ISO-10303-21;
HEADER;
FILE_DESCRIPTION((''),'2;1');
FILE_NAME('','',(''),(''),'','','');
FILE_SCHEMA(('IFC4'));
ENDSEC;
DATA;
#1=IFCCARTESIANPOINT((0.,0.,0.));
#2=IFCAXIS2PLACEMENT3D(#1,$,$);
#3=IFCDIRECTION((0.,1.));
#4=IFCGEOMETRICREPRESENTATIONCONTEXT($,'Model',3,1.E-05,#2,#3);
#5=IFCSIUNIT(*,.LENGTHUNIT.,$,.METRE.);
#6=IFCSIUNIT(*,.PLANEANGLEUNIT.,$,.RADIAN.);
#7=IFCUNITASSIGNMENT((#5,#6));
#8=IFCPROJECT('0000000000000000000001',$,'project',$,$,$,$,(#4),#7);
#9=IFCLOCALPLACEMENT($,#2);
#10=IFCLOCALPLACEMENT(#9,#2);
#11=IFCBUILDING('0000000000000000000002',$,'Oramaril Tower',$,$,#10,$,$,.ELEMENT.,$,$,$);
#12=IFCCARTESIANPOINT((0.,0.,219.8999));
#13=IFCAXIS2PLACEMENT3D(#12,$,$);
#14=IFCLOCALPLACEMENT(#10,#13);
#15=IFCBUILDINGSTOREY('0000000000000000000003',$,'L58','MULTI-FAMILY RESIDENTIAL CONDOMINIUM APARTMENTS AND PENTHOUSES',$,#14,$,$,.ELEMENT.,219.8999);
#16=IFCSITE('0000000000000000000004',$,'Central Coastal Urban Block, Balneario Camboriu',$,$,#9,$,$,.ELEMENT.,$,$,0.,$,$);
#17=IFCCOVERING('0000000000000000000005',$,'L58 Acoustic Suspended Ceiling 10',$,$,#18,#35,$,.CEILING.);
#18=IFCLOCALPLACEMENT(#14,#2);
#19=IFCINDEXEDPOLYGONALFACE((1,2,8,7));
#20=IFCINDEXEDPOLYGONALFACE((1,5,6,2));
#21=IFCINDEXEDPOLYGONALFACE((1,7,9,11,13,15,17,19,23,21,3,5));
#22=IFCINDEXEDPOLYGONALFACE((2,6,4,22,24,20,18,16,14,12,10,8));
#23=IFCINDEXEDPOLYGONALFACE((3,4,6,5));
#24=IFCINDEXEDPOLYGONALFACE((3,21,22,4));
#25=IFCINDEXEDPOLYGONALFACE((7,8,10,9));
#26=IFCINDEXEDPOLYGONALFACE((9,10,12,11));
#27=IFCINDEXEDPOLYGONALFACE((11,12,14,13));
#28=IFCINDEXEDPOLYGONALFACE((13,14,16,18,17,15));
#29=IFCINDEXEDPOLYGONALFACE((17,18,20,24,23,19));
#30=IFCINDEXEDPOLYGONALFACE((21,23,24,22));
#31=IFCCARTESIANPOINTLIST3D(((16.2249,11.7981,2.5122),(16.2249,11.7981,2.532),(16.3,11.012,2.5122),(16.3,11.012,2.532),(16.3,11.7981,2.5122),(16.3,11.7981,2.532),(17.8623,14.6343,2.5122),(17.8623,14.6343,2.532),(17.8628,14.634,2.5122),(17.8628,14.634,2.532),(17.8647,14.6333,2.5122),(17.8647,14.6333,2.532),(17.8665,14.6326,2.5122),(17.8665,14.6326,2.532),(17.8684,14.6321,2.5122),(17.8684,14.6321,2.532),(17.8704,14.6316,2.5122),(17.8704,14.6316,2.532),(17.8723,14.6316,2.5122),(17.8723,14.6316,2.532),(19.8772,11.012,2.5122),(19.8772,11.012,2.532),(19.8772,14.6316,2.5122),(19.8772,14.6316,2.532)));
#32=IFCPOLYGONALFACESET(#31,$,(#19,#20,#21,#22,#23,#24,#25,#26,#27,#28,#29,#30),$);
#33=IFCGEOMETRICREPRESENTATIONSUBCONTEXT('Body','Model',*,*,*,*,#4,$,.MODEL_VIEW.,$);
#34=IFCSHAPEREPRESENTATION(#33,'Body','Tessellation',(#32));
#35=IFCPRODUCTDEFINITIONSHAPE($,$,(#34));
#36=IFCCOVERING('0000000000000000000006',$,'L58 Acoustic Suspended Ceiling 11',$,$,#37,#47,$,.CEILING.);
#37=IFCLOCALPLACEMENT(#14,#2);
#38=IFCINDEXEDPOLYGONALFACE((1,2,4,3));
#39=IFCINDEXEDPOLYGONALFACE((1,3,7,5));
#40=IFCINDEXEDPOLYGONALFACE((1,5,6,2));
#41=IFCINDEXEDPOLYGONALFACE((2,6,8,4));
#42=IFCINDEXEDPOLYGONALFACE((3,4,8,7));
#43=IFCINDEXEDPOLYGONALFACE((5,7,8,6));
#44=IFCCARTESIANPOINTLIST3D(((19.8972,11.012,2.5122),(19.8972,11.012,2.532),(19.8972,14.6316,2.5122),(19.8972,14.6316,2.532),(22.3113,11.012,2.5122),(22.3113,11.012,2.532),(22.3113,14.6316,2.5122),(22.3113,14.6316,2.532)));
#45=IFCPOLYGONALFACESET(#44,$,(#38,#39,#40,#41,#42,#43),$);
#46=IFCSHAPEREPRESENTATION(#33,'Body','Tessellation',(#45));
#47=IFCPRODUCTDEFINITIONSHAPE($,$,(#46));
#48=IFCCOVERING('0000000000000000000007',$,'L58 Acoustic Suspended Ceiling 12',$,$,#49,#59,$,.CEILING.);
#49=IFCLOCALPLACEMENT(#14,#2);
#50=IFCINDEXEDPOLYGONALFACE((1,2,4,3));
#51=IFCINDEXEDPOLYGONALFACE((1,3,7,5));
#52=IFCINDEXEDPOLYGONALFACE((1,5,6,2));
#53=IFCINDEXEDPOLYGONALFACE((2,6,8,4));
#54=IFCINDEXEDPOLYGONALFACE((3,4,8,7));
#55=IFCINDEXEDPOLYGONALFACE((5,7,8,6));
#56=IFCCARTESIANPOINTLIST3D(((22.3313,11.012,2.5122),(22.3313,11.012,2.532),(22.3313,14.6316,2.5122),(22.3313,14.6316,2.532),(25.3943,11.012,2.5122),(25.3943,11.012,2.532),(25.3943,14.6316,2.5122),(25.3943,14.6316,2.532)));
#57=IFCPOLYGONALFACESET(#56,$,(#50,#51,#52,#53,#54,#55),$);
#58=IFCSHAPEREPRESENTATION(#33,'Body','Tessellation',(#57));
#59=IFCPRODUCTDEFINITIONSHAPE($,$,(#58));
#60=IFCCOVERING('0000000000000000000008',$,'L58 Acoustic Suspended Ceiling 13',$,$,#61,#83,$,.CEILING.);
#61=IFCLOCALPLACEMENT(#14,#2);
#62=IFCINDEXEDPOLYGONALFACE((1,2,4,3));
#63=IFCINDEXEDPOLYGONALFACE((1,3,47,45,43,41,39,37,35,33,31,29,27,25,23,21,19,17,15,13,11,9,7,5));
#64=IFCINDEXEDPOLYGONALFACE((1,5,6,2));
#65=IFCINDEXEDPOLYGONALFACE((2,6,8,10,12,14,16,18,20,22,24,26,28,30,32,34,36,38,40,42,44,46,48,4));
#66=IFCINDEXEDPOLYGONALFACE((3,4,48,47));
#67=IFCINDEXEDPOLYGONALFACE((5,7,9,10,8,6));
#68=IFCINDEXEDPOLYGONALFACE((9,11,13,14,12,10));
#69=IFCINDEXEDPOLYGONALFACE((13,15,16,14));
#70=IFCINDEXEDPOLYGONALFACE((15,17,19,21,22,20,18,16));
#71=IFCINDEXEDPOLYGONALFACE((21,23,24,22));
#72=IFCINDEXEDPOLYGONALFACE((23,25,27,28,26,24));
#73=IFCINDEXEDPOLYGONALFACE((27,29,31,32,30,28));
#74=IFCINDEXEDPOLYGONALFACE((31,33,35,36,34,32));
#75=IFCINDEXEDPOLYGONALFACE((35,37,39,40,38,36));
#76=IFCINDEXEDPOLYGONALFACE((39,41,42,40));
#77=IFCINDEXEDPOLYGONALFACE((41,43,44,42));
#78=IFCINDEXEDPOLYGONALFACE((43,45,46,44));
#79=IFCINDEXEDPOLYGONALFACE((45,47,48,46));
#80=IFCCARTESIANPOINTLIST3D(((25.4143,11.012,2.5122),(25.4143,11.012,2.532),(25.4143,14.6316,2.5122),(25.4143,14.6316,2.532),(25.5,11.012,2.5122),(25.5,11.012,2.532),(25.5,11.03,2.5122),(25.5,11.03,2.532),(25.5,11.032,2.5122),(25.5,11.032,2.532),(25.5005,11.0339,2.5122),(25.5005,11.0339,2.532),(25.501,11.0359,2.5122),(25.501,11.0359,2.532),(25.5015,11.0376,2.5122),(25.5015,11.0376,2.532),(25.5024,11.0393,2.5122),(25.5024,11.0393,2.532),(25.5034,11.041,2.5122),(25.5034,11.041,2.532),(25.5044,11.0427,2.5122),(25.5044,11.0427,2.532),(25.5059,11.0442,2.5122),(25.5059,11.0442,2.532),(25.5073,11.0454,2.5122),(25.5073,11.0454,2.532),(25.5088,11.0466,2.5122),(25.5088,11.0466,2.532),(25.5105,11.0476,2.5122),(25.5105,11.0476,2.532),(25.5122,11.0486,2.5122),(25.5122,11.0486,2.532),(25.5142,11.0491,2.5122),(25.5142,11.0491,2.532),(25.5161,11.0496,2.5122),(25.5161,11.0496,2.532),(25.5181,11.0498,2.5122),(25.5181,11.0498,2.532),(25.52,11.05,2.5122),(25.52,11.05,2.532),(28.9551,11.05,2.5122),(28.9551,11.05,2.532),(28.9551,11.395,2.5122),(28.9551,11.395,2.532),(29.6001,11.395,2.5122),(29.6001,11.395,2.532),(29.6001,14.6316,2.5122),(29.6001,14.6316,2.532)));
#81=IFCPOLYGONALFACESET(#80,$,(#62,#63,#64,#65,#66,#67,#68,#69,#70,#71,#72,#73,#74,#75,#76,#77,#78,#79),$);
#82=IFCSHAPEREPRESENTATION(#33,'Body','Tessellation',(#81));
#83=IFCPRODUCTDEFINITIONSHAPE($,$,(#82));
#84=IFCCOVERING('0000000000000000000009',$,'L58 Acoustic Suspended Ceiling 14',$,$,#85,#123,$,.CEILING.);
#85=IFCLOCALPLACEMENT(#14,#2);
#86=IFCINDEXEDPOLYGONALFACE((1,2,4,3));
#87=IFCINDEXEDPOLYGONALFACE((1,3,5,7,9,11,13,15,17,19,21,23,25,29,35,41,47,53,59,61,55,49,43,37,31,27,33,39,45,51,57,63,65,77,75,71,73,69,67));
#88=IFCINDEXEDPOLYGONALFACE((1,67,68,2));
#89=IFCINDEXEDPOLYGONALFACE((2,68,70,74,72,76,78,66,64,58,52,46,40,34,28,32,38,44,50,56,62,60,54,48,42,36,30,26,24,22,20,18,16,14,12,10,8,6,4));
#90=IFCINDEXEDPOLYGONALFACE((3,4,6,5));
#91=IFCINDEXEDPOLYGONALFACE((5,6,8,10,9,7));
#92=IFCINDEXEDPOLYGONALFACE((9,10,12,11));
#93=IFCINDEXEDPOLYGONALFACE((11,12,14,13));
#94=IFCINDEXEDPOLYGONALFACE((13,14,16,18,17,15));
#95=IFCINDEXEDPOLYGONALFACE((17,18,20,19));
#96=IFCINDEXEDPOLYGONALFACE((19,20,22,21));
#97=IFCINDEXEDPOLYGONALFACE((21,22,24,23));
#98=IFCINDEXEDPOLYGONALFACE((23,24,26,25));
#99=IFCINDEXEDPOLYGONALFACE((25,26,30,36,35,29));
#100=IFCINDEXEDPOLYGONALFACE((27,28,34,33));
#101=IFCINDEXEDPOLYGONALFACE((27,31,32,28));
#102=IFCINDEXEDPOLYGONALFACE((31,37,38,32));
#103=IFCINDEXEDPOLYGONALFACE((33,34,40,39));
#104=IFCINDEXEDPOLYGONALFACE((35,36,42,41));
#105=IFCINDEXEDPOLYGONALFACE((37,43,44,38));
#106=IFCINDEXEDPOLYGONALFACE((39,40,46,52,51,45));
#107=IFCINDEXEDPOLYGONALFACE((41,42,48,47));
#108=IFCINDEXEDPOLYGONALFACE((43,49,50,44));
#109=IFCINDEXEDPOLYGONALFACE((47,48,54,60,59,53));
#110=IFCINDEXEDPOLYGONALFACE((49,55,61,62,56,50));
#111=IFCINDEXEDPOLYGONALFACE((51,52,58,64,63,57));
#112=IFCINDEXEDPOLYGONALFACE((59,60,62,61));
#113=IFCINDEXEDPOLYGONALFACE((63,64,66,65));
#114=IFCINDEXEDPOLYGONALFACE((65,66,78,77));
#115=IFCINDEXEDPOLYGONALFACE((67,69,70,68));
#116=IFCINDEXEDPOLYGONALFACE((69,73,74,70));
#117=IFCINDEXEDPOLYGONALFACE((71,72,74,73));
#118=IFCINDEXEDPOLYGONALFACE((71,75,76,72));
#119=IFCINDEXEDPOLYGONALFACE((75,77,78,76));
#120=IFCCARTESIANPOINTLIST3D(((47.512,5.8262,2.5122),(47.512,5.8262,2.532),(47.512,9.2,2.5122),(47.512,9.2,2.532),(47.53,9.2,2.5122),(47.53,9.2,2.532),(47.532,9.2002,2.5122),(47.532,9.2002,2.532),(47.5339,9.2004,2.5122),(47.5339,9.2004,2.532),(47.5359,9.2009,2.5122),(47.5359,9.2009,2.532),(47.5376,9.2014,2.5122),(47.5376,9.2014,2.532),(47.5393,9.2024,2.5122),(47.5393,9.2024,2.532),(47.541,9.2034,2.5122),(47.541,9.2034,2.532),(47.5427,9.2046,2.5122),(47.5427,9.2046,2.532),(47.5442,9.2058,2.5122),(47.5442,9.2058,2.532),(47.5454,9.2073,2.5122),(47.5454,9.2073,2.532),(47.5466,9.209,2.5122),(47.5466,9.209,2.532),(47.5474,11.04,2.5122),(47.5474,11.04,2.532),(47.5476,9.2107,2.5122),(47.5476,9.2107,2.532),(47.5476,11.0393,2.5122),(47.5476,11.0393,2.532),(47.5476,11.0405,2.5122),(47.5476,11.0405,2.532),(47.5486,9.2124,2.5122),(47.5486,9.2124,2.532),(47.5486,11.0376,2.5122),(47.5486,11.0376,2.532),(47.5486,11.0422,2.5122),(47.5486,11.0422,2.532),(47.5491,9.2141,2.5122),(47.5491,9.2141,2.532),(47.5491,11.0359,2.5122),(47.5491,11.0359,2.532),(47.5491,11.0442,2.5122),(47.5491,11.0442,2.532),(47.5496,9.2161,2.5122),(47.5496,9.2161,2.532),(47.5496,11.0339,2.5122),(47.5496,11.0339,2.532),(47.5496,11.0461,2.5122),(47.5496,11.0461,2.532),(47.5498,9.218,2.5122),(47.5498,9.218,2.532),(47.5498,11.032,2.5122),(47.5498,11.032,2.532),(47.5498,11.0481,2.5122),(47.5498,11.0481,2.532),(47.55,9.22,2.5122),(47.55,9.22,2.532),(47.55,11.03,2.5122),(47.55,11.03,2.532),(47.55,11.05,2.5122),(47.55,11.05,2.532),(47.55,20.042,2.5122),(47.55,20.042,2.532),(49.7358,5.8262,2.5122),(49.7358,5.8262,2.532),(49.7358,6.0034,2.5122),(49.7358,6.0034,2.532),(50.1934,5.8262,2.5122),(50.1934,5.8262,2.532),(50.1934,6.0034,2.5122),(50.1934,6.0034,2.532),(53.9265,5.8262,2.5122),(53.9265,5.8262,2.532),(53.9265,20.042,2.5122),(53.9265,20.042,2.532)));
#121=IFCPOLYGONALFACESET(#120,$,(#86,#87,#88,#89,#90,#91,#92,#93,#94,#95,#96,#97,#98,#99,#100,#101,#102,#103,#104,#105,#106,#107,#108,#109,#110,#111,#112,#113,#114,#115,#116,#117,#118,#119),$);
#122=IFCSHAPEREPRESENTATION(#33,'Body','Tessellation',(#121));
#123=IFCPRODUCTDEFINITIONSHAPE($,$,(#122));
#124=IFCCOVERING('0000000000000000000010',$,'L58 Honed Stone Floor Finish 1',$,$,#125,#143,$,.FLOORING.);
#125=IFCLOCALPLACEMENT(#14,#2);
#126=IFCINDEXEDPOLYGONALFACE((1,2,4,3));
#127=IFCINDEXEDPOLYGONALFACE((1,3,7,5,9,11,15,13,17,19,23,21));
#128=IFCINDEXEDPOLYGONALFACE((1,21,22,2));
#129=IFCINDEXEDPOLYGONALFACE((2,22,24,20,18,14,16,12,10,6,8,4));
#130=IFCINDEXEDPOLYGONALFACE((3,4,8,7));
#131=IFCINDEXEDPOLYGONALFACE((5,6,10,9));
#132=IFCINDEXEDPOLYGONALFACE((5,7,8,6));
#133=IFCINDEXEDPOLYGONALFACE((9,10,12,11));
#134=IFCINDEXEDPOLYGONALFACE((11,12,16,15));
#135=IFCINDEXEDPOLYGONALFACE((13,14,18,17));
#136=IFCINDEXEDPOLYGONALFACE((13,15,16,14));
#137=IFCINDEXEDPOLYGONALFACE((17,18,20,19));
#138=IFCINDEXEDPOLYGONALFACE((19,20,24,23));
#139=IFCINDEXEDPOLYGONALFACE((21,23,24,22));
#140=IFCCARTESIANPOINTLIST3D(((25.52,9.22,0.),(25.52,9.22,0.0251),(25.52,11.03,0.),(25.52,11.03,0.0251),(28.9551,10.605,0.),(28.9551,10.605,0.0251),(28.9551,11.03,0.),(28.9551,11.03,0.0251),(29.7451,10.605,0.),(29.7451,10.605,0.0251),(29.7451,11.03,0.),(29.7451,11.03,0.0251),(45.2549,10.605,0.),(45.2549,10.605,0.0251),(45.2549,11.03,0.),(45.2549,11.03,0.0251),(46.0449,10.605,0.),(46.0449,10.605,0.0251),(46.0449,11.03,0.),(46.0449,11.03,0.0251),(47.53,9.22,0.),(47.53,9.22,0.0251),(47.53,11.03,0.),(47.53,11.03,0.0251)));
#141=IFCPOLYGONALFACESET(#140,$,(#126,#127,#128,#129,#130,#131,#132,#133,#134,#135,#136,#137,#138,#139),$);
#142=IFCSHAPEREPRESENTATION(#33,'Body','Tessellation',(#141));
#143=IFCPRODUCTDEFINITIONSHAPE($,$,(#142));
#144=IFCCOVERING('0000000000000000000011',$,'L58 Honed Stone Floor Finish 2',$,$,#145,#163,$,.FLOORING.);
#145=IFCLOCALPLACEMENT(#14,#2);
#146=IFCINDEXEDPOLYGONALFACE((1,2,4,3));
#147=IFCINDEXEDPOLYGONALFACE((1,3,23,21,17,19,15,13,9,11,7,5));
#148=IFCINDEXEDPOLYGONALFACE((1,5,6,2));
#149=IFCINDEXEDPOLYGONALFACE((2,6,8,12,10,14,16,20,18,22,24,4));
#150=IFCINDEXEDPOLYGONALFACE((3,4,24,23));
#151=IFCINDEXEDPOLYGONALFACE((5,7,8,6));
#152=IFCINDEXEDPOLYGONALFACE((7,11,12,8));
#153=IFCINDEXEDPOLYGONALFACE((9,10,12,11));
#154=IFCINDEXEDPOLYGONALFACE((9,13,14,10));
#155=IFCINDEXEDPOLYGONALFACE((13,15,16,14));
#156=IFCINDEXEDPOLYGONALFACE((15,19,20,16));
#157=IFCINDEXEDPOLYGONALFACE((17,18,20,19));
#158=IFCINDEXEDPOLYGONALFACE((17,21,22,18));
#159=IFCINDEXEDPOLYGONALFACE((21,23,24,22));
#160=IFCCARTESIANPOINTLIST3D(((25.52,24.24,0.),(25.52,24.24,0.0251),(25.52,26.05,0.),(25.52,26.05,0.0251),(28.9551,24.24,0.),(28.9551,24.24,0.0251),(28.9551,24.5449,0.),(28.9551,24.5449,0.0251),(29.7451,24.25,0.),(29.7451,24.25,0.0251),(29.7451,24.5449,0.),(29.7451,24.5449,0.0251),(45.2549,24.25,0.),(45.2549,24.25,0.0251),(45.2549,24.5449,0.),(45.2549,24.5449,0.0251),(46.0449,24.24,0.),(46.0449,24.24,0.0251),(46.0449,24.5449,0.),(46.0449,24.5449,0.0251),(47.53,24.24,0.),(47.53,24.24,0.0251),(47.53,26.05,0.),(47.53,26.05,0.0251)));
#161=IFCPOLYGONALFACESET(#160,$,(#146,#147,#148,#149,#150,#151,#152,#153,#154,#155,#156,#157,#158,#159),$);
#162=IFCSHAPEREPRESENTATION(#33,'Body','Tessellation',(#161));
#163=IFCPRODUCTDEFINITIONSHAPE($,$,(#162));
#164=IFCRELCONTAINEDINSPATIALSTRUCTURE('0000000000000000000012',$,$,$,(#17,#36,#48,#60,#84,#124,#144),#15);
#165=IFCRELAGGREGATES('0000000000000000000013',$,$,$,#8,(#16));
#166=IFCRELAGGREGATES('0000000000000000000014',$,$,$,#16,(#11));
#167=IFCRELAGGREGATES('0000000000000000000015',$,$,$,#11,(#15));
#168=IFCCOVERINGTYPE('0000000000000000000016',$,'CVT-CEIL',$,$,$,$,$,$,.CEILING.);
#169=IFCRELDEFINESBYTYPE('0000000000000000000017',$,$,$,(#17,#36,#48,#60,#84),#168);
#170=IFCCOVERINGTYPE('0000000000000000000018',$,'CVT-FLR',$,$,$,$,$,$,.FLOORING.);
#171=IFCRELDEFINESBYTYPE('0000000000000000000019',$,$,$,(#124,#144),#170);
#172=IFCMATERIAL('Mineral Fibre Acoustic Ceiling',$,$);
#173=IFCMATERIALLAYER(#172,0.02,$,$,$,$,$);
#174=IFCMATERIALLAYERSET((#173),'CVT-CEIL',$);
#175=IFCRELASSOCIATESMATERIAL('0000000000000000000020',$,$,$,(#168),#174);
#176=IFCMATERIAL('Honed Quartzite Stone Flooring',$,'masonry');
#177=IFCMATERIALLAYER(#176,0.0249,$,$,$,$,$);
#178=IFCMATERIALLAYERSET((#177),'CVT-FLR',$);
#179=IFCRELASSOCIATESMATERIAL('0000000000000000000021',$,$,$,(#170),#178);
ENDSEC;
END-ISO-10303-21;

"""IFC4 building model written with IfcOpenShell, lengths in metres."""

from ifc_helpers import new_model, si_unit, direction, frame, origin, place, context, subcontext, project, spatial, polyline, outline, extrude, material, layer, layer_set, type_object, element, save


model = new_model("IFC4")

# Units and contexts
model_context = context("Model", 3, precision=1e-05, world=origin(), true_north=direction((0.0, 1.0)))
body_context = subcontext(model_context, "Body", "Model", "MODEL_VIEW")
ifc_project = project(units=[si_unit("LENGTHUNIT", "METRE"), si_unit("PLANEANGLEUNIT", "RADIAN")], contexts=[model_context])

# Site, building, storey
site_placement = place(None, origin())
site = spatial("IfcSite", under=ifc_project, at=site_placement, Name="Central Coastal Urban Block, Balneario Camboriu", CompositionType="ELEMENT", RefElevation=0.0)
building_placement = place(site_placement, origin())
building = spatial("IfcBuilding", under=site, at=building_placement, Name="Oramaril Tower", CompositionType="ELEMENT")
storey_placement = place(building_placement, frame((0.0, 0.0, 219.8999)))
storey = spatial("IfcBuildingStorey", under=building, at=storey_placement, Name="L58", Description="MULTI-FAMILY RESIDENTIAL CONDOMINIUM APARTMENTS AND PENTHOUSES", CompositionType="ELEMENT", Elevation=219.8999)

# Coverings
ifc_material_1 = material(Name="Mineral Fibre Acoustic Ceiling")
ifc_layer_1 = layer(ifc_material_1, 0.02)
ifc_layer_set_1 = layer_set([ifc_layer_1], Name="CVT-CEIL")
covering_type_1 = type_object("IfcCoveringType", Name="CVT-CEIL", PredefinedType="CEILING", material=ifc_layer_set_1)
covering_1_placement = place(storey_placement, frame((0.0, 0.0, 2.5122)))
element("IfcCovering", 1, at=covering_1_placement, inside=storey, type_object=covering_type_1, Name="L58 Acoustic Suspended Ceiling 10", PredefinedType="CEILING", context=body_context, shape_type="SweptSolid", body=[
    extrude(outline(polyline([(16.3, 11.7981), (16.2249, 11.7981), (17.8623, 14.6343), (17.8628, 14.634), (17.8647, 14.6333), (17.8665, 14.6326), (17.8684, 14.6321), (17.8704, 14.6316), (17.8723, 14.6316), (19.8772, 14.6316), (19.8772, 11.012), (16.3, 11.012), (16.3, 11.7981)])), origin(), (0.0, 0.0, 1.0), 0.0198),
])
covering_2_placement = place(storey_placement, frame((0.0, 0.0, 2.5122)))
element("IfcCovering", 2, at=covering_2_placement, inside=storey, type_object=covering_type_1, Name="L58 Acoustic Suspended Ceiling 11", PredefinedType="CEILING", context=body_context, shape_type="SweptSolid", body=[
    extrude(outline(polyline([(22.3113, 11.012), (19.8972, 11.012), (19.8972, 14.6316), (22.3113, 14.6316), (22.3113, 11.012)])), origin(), (0.0, 0.0, 1.0), 0.0198),
])
covering_3_placement = place(storey_placement, frame((0.0, 0.0, 2.5122)))
element("IfcCovering", 3, at=covering_3_placement, inside=storey, type_object=covering_type_1, Name="L58 Acoustic Suspended Ceiling 12", PredefinedType="CEILING", context=body_context, shape_type="SweptSolid", body=[
    extrude(outline(polyline([(25.3943, 11.012), (22.3313, 11.012), (22.3313, 14.6316), (25.3943, 14.6316), (25.3943, 11.012)])), origin(), (0.0, 0.0, 1.0), 0.0198),
])
covering_4_placement = place(storey_placement, frame((0.0, 0.0, 2.5122)))
element("IfcCovering", 4, at=covering_4_placement, inside=storey, type_object=covering_type_1, Name="L58 Acoustic Suspended Ceiling 13", PredefinedType="CEILING", context=body_context, shape_type="SweptSolid", body=[
    extrude(outline(polyline([(29.6001, 11.395), (28.9551, 11.395), (28.9551, 11.05), (25.52, 11.05), (25.5181, 11.0498), (25.5161, 11.0496), (25.5142, 11.0491), (25.5122, 11.0486), (25.5105, 11.0476), (25.5088, 11.0466), (25.5073, 11.0454), (25.5059, 11.0442), (25.5044, 11.0427), (25.5034, 11.041), (25.5024, 11.0393), (25.5015, 11.0376), (25.501, 11.0359), (25.5005, 11.0339), (25.5, 11.032), (25.5, 11.03), (25.5, 11.012), (25.4143, 11.012), (25.4143, 14.6316), (29.6001, 14.6316), (29.6001, 11.395)])), origin(), (0.0, 0.0, 1.0), 0.0198),
])
covering_5_placement = place(storey_placement, frame((0.0, 0.0, 2.5122)))
element("IfcCovering", 5, at=covering_5_placement, inside=storey, type_object=covering_type_1, Name="L58 Acoustic Suspended Ceiling 14", PredefinedType="CEILING", context=body_context, shape_type="SweptSolid", body=[
    extrude(outline(polyline([(53.9265, 20.042), (53.9265, 5.8262), (50.1934, 5.8262), (50.1934, 6.0034), (49.7358, 6.0034), (49.7358, 5.8262), (47.512, 5.8262), (47.512, 9.2), (47.53, 9.2), (47.532, 9.2002), (47.5339, 9.2004), (47.5359, 9.2009), (47.5376, 9.2014), (47.5393, 9.2024), (47.541, 9.2034), (47.5427, 9.2046), (47.5442, 9.2058), (47.5454, 9.2073), (47.5466, 9.209), (47.5476, 9.2107), (47.5486, 9.2124), (47.5491, 9.2141), (47.5496, 9.2161), (47.5498, 9.218), (47.55, 9.22), (47.55, 11.03), (47.5498, 11.032), (47.5496, 11.0339), (47.5491, 11.0359), (47.5486, 11.0376), (47.5476, 11.0393), (47.5474, 11.04), (47.5476, 11.0405), (47.5486, 11.0422), (47.5491, 11.0442), (47.5496, 11.0461), (47.5498, 11.0481), (47.55, 11.05), (47.55, 20.042), (53.9265, 20.042)])), origin(), (0.0, 0.0, 1.0), 0.0198),
])
ifc_material_2 = material(Name="Honed Quartzite Stone Flooring", Category="masonry")
ifc_layer_2 = layer(ifc_material_2, 0.0249)
ifc_layer_set_2 = layer_set([ifc_layer_2], Name="CVT-FLR")
covering_type_2 = type_object("IfcCoveringType", Name="CVT-FLR", PredefinedType="FLOORING", material=ifc_layer_set_2)
covering_6_placement = place(storey_placement, origin())
element("IfcCovering", 6, at=covering_6_placement, inside=storey, type_object=covering_type_2, Name="L58 Honed Stone Floor Finish 1", PredefinedType="FLOORING", context=body_context, shape_type="SweptSolid", body=[
    extrude(outline(polyline([(28.9551, 10.605), (29.7451, 10.605), (29.7451, 11.03), (45.2549, 11.03), (45.2549, 10.605), (46.0449, 10.605), (46.0449, 11.03), (47.53, 11.03), (47.53, 9.22), (25.52, 9.22), (25.52, 11.03), (28.9551, 11.03), (28.9551, 10.605)])), origin(), (0.0, 0.0, 1.0), 0.0251),
])
covering_7_placement = place(storey_placement, origin())
element("IfcCovering", 7, at=covering_7_placement, inside=storey, type_object=covering_type_2, Name="L58 Honed Stone Floor Finish 2", PredefinedType="FLOORING", context=body_context, shape_type="SweptSolid", body=[
    extrude(outline(polyline([(47.53, 24.24), (46.0449, 24.24), (46.0449, 24.5449), (45.2549, 24.5449), (45.2549, 24.25), (29.7451, 24.25), (29.7451, 24.5449), (28.9551, 24.5449), (28.9551, 24.24), (25.52, 24.24), (25.52, 26.05), (47.53, 26.05), (47.53, 24.24)])), origin(), (0.0, 0.0, 1.0), 0.0251),
])

save(model, "model.ifc")
